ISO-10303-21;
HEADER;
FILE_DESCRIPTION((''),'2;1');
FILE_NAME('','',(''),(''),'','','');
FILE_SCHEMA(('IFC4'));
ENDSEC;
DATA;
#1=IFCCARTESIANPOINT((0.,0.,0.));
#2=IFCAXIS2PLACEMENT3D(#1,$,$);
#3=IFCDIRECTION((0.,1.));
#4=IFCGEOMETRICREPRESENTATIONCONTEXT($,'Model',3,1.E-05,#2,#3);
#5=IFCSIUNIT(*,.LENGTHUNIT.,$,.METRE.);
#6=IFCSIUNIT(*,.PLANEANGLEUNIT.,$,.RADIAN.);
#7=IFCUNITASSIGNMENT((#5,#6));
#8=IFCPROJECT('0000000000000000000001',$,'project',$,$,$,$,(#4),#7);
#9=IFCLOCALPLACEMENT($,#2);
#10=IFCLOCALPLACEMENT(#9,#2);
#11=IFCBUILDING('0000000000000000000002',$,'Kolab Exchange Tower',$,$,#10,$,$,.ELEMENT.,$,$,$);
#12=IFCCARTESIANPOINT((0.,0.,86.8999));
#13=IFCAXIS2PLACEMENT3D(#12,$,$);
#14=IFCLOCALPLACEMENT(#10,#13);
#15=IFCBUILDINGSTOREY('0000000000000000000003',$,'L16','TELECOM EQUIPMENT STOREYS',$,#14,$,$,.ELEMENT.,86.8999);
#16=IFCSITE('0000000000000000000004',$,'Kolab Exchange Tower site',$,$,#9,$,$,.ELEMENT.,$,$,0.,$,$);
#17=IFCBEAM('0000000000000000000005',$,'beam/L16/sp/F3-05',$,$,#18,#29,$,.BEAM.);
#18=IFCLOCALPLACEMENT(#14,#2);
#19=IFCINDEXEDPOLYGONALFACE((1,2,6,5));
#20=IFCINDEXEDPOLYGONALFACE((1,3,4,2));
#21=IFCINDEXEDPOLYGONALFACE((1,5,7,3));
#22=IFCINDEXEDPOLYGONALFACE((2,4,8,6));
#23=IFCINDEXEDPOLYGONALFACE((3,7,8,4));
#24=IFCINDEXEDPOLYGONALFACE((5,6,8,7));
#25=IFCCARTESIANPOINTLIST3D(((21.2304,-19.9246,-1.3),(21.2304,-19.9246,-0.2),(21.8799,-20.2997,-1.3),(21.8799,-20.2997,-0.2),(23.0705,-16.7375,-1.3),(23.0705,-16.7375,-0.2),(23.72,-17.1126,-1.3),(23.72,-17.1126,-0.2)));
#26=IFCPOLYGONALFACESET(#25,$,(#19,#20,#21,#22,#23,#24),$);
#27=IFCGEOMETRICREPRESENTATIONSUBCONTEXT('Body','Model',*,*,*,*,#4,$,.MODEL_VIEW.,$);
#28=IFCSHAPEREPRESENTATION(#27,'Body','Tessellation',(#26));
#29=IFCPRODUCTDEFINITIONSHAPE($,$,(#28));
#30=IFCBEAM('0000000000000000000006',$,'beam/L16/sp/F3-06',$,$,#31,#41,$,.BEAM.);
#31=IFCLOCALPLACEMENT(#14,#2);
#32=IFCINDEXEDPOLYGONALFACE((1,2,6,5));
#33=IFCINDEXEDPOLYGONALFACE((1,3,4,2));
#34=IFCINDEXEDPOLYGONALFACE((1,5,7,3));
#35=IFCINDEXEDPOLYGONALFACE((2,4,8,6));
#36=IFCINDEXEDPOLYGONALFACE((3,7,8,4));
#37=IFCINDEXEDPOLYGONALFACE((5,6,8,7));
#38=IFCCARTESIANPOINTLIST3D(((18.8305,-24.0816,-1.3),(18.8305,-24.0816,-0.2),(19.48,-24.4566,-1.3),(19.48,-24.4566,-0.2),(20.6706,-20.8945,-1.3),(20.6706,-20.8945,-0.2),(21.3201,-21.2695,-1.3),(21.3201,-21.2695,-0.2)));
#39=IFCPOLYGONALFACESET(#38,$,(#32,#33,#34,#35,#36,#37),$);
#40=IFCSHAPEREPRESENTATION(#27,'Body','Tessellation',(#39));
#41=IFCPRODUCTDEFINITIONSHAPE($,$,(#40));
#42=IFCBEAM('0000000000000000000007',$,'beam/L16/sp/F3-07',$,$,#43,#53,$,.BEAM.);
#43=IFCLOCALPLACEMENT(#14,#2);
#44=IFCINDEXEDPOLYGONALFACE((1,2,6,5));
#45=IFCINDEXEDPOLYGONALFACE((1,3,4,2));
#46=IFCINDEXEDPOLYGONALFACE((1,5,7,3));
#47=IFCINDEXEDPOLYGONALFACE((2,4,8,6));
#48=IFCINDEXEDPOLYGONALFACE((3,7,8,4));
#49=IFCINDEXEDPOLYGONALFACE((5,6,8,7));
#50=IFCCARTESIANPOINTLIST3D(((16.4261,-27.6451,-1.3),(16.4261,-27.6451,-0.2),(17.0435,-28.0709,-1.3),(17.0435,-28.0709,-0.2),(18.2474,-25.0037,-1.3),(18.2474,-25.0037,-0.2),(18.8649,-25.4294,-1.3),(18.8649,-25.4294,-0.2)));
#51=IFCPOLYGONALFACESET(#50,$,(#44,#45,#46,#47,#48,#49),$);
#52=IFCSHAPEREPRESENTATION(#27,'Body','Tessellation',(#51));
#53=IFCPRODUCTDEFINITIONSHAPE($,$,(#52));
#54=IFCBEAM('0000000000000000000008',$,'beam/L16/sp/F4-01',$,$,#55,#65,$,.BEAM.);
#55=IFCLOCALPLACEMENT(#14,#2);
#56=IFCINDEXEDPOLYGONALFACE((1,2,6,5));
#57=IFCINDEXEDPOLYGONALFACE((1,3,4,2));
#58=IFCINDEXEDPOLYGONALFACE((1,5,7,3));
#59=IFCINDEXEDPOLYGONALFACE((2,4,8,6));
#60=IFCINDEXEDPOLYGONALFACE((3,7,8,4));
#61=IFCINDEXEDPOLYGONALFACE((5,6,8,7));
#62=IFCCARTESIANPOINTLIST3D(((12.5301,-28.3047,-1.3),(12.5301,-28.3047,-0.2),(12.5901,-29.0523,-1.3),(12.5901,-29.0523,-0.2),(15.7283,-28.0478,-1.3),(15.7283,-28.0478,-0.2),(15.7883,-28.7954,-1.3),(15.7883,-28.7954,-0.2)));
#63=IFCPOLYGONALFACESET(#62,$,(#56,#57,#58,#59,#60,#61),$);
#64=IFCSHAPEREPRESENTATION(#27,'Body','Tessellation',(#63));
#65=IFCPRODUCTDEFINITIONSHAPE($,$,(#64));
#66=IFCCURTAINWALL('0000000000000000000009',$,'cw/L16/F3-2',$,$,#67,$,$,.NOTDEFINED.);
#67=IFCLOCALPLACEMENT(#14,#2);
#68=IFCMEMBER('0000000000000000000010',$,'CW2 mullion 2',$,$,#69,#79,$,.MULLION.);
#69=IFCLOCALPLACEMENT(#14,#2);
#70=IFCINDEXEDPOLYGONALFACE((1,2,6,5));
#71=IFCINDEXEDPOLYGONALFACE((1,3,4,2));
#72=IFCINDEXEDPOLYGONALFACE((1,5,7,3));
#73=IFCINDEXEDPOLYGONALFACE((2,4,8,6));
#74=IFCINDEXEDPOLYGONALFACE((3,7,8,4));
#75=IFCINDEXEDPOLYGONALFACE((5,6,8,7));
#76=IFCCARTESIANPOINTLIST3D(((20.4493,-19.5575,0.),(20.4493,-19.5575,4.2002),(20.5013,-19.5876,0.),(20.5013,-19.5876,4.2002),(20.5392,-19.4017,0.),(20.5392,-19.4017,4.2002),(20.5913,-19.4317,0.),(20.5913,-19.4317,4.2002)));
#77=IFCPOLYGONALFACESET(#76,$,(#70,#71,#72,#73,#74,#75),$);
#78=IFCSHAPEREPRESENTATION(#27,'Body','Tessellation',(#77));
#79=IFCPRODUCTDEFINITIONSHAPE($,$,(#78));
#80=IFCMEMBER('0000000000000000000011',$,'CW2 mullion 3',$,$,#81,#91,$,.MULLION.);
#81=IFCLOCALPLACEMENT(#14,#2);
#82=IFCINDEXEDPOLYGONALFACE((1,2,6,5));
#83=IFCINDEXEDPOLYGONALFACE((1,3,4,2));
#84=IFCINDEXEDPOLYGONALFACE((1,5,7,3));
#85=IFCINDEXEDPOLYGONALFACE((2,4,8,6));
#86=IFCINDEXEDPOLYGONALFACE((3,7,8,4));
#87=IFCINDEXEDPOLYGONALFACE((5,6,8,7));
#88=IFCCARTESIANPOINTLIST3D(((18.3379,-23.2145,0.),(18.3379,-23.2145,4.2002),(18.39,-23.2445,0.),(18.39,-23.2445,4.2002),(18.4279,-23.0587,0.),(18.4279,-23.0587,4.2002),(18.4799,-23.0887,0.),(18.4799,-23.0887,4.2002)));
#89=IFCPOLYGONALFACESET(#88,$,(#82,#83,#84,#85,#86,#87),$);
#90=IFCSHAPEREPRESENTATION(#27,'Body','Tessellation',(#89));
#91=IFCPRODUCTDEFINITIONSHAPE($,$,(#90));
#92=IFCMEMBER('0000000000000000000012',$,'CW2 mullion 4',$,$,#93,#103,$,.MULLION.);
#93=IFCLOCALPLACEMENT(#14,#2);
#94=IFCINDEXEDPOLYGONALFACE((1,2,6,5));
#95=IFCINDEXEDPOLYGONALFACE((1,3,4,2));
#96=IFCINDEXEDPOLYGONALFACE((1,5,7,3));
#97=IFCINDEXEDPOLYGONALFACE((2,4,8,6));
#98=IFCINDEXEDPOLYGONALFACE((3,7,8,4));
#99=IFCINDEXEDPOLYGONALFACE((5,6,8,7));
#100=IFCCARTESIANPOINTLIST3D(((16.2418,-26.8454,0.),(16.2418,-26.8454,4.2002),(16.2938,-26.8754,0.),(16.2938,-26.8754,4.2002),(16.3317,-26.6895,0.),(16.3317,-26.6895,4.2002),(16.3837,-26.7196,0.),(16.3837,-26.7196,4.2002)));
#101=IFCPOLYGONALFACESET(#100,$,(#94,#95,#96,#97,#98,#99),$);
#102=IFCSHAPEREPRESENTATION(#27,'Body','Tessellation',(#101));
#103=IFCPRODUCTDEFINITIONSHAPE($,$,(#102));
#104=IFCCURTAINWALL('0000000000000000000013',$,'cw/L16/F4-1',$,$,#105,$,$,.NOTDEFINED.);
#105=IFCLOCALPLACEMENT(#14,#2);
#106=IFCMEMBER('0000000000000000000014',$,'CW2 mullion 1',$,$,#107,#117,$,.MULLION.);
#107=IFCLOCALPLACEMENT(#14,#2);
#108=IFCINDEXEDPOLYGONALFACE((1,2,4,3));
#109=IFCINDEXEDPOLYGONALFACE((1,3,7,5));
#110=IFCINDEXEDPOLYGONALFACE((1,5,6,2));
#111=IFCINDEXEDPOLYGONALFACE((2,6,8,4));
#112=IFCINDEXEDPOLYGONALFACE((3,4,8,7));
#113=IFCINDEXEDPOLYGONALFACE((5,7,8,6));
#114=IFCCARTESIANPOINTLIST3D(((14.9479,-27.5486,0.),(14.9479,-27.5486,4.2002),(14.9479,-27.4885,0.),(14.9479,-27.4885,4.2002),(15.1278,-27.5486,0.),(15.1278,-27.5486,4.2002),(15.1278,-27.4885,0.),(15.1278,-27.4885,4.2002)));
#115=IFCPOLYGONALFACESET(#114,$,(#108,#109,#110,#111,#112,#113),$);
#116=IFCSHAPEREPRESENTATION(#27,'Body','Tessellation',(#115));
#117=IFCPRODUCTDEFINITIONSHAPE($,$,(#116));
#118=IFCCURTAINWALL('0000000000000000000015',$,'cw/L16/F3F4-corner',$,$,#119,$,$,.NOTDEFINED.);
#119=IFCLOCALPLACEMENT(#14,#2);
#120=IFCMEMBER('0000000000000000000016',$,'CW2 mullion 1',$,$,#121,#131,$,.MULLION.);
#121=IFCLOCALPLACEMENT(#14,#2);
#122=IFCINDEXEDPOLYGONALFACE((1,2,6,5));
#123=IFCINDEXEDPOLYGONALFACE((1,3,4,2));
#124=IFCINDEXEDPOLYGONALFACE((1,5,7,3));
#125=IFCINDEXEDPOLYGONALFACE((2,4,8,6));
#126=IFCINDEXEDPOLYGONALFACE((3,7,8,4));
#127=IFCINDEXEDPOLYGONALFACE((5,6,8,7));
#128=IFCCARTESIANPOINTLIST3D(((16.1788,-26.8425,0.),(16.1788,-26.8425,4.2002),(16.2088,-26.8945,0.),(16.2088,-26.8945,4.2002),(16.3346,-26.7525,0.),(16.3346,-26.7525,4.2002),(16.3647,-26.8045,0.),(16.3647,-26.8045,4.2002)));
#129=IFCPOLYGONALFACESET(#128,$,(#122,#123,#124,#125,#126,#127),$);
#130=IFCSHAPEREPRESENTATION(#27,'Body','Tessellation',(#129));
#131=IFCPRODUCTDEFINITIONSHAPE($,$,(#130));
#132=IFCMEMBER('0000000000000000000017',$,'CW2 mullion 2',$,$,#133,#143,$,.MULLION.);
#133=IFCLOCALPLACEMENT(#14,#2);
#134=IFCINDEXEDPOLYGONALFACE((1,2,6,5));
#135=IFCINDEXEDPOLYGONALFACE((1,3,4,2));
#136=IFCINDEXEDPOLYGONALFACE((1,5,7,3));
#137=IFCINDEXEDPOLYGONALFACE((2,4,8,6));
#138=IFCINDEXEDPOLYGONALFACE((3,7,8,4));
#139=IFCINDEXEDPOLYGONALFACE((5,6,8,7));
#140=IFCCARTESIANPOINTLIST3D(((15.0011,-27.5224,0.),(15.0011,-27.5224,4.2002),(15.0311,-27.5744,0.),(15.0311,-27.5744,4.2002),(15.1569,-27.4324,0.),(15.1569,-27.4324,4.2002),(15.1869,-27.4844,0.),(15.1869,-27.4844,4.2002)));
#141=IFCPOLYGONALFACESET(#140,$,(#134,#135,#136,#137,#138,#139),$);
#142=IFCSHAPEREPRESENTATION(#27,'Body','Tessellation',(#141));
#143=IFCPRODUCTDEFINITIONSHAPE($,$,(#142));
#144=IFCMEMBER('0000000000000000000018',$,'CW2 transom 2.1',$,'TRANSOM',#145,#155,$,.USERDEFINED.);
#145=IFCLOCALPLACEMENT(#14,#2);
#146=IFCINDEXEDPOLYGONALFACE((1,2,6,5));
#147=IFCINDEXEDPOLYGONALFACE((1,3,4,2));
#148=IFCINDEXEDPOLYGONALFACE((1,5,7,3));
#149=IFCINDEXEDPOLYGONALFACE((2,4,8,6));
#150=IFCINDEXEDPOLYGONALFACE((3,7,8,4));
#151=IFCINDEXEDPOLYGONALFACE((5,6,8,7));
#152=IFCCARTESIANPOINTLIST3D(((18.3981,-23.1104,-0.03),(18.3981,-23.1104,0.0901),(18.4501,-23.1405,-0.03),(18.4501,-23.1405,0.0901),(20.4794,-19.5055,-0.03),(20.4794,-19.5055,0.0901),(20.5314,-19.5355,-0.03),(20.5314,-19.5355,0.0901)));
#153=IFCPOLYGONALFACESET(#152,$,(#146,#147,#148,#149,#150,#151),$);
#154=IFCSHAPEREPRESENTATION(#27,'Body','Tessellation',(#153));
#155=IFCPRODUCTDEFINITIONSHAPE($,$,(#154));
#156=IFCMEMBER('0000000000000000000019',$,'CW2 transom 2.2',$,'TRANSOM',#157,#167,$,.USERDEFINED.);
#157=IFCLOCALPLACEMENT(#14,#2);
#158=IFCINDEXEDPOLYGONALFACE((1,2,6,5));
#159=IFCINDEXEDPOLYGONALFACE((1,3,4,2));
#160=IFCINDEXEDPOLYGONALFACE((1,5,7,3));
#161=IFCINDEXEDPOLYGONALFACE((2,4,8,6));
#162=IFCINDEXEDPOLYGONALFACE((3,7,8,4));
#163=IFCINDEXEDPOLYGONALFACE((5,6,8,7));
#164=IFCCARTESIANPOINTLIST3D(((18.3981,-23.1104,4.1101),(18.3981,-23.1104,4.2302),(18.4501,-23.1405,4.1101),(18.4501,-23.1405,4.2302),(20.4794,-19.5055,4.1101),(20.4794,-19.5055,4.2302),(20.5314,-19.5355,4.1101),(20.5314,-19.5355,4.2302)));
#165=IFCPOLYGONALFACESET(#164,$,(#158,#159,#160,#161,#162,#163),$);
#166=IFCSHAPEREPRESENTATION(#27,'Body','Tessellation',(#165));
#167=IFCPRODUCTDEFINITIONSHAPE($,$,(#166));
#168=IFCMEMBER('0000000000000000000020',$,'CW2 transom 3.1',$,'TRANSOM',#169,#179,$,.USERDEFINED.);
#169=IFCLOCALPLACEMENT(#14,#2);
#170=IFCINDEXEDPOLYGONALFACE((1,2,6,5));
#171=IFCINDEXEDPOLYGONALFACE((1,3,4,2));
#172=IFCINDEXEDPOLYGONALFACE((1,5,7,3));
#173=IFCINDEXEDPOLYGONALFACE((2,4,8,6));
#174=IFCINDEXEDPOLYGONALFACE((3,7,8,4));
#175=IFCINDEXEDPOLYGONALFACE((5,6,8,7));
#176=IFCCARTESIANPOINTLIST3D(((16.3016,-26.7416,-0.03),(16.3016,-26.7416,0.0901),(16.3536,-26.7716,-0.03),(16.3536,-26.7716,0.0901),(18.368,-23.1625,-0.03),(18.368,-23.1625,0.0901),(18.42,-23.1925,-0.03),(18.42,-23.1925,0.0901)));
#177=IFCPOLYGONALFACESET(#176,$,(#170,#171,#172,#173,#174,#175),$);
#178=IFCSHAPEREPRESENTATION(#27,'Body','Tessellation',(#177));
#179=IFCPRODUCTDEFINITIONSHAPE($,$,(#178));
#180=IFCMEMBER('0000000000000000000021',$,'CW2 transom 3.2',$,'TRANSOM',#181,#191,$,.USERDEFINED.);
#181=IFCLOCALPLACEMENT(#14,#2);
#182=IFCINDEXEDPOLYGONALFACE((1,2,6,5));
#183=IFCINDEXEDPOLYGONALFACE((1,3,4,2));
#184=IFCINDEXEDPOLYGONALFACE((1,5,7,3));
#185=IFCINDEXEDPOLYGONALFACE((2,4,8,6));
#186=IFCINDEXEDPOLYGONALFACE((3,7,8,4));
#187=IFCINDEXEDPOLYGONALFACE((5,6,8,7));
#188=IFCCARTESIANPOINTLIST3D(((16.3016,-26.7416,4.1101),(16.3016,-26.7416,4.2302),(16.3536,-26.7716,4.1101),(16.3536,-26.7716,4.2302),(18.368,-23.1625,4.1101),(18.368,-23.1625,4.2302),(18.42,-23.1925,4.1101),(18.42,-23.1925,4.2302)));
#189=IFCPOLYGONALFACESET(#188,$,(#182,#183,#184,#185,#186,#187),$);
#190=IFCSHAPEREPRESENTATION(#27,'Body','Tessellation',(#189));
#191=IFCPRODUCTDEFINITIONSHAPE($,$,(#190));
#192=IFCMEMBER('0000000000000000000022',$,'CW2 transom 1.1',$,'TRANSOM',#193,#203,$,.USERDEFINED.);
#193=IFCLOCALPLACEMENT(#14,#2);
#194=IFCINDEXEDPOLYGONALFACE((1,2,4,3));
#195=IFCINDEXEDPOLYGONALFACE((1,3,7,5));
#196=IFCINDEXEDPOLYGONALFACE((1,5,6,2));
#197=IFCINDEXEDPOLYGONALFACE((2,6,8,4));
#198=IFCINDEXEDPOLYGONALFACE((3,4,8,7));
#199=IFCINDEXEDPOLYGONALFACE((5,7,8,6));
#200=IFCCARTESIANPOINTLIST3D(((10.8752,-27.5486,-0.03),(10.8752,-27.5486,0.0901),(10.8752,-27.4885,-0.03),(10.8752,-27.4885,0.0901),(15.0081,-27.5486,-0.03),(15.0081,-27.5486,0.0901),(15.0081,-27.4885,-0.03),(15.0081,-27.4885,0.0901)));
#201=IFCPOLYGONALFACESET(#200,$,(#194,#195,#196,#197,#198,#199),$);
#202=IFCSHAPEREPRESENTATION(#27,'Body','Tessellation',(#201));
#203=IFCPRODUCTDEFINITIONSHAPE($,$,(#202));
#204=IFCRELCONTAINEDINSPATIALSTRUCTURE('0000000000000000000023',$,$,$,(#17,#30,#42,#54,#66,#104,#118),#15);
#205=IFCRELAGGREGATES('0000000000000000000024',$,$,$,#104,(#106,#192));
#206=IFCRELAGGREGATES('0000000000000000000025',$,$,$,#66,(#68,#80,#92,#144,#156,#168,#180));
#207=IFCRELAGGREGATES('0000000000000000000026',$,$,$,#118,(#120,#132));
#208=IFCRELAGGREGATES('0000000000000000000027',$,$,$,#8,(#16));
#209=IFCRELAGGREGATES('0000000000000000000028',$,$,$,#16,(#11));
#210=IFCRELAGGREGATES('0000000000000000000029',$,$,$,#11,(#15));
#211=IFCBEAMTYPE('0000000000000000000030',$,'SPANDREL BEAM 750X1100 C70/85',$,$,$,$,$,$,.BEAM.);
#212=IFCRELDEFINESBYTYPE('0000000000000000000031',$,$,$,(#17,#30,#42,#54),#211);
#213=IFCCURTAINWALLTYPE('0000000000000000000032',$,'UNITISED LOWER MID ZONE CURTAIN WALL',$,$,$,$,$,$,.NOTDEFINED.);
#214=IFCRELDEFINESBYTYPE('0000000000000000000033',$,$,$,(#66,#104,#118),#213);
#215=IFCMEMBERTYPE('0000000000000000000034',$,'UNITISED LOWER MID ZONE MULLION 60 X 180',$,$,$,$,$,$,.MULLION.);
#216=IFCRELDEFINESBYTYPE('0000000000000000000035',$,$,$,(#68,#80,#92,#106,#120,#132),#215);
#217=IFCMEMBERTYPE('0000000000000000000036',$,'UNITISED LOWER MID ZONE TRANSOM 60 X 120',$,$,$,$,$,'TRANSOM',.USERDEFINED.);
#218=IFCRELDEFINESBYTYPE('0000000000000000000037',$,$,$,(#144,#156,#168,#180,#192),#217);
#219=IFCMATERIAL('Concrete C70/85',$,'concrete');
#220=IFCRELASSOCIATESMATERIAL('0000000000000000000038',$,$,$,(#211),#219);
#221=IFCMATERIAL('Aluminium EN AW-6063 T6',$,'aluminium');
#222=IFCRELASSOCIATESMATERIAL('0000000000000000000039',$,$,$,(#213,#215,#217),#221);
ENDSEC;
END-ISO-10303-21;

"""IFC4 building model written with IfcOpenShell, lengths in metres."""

from ifc_helpers import new_model, si_unit, direction, frame, origin, origin_2d, place, context, subcontext, project, spatial, rectangle, extrude, material, material_profile, profile_set, type_object, element, aggregate, save


model = new_model("IFC4")

# Units and contexts
model_context = context("Model", 3, precision=1e-05, world=origin(), true_north=direction((0.0, 1.0)))
body_context = subcontext(model_context, "Body", "Model", "MODEL_VIEW")
ifc_project = project(units=[si_unit("LENGTHUNIT", "METRE"), si_unit("PLANEANGLEUNIT", "RADIAN")], contexts=[model_context])

# Site, building, storey
site_placement = place(None, origin())
site = spatial("IfcSite", under=ifc_project, at=site_placement, Name="Kolab Exchange Tower site", CompositionType="ELEMENT", RefElevation=0.0)
building_placement = place(site_placement, origin())
building = spatial("IfcBuilding", under=site, at=building_placement, Name="Kolab Exchange Tower", CompositionType="ELEMENT")
storey_placement = place(building_placement, frame((0.0, 0.0, 86.8999)))
storey = spatial("IfcBuildingStorey", under=building, at=storey_placement, Name="L16", Description="TELECOM EQUIPMENT STOREYS", CompositionType="ELEMENT", Elevation=86.8999)

# Shared definitions
ifc_material_1 = material(Name="Concrete C70/85", Category="concrete")

# Beams
ifc_material_profile_1 = material_profile(ifc_material_1, rectangle(XDim=0.75, YDim=1.1001, at=origin_2d()), Name="RC750X1100")
ifc_profile_set_1 = profile_set([ifc_material_profile_1], Name="Concrete C70/85")
beam_type_1 = type_object("IfcBeamType", Name="SPANDREL BEAM 750X1100 C70/85", PredefinedType="BEAM", material=ifc_profile_set_1)
for number, where, z_axis, x_axis, name in (
    (1, (23.3953, -16.925, -0.75), (-0.500013, -0.866018, 0.0), (0.866018, -0.500013, 0.0), "beam/L16/sp/F3-05"),
    (2, (20.9954, -21.082, -0.75), (-0.500013, -0.866018, 0.0), (0.866018, -0.500013, 0.0), "beam/L16/sp/F3-06"),
):
    element("IfcBeam", number, at=place(storey_placement, frame(where, z_axis=z_axis, x_axis=x_axis)), inside=storey, type_object=beam_type_1, Name=name, PredefinedType="BEAM", context=body_context, shape_type="SweptSolid", body=[
        extrude(rectangle(XDim=0.75, YDim=1.1001, at=origin_2d()), origin(), (0.0, 0.0, 1.0), 3.6802),
    ])
for number, where, z_axis, x_axis, name in (
    (3, (18.5562, -25.2166, -0.75), (-0.567662, -0.823262, 0.0), (0.823262, -0.567662, 0.0), "beam/L16/sp/F3-07"),
    (4, (15.7583, -28.4216, -0.75), (-0.996791, -0.080048, 0.0), (0.080048, -0.996791, 0.0), "beam/L16/sp/F4-01"),
):
    element("IfcBeam", number, at=place(storey_placement, frame(where, z_axis=z_axis, x_axis=x_axis)), inside=storey, type_object=beam_type_1, Name=name, PredefinedType="BEAM", context=body_context, shape_type="SweptSolid", body=[
        extrude(rectangle(XDim=0.75, YDim=1.1001, at=origin_2d()), origin(), (0.0, 0.0, 1.0), 3.2085),
    ])

# Curtain wall, members
ifc_material_2 = material(Name="Aluminium EN AW-6063 T6", Category="aluminium")
curtain_wall_type = type_object("IfcCurtainWallType", Name="UNITISED LOWER MID ZONE CURTAIN WALL", PredefinedType="NOTDEFINED", material=ifc_material_2)
curtain_wall_1_placement = place(storey_placement, origin())
curtain_wall_1 = element("IfcCurtainWall", 5, at=curtain_wall_1_placement, inside=storey, type_object=curtain_wall_type, Name="cw/L16/F3-2", PredefinedType="NOTDEFINED")
ifc_material_profile_2 = material_profile(ifc_material_2, rectangle(XDim=0.0601, YDim=0.1799, at=origin_2d()), Name="RECT 60X180")
ifc_profile_set_2 = profile_set([ifc_material_profile_2], Name="Aluminium EN AW-6063 T6")
member_type_1 = type_object("IfcMemberType", Name="UNITISED LOWER MID ZONE MULLION 60 X 180", PredefinedType="MULLION", material=ifc_profile_set_2)
member_1_placement = place(storey_placement, frame((20.5203, -19.4946, 0.0), z_axis=(0.0, 0.0, 1.0), x_axis=(0.866025, -0.5, 0.0)))
member_1 = element("IfcMember", 6, at=member_1_placement, type_object=member_type_1, Name="CW2 mullion 2", PredefinedType="MULLION", context=body_context, shape_type="SweptSolid", body=[
    extrude(rectangle(XDim=0.0601, YDim=0.1799, at=origin_2d()), origin(), (0.0, 0.0, 1.0), 4.2002),
])
member_2_placement = place(storey_placement, frame((18.4089, -23.1516, 0.0), z_axis=(0.0, 0.0, 1.0), x_axis=(0.866025, -0.5, 0.0)))
member_2 = element("IfcMember", 7, at=member_2_placement, type_object=member_type_1, Name="CW2 mullion 3", PredefinedType="MULLION", context=body_context, shape_type="SweptSolid", body=[
    extrude(rectangle(XDim=0.0601, YDim=0.1799, at=origin_2d()), origin(), (0.0, 0.0, 1.0), 4.2002),
])
member_3_placement = place(storey_placement, frame((16.3127, -26.7825, 0.0), z_axis=(0.0, 0.0, 1.0), x_axis=(0.866025, -0.5, 0.0)))
member_3 = element("IfcMember", 8, at=member_3_placement, type_object=member_type_1, Name="CW2 mullion 4", PredefinedType="MULLION", context=body_context, shape_type="SweptSolid", body=[
    extrude(rectangle(XDim=0.0601, YDim=0.1799, at=origin_2d()), origin(), (0.0, 0.0, 1.0), 4.2002),
])

# Curtain wall, member
curtain_wall_2_placement = place(storey_placement, origin())
curtain_wall_2 = element("IfcCurtainWall", 9, at=curtain_wall_2_placement, inside=storey, type_object=curtain_wall_type, Name="cw/L16/F4-1", PredefinedType="NOTDEFINED")
member_4_placement = place(storey_placement, frame((15.0378, -27.5186, 0.0), z_axis=(0.0, 0.0, 1.0), x_axis=(0.0, -1.0, 0.0)))
member_4 = element("IfcMember", 10, at=member_4_placement, type_object=member_type_1, Name="CW2 mullion 1", PredefinedType="MULLION", context=body_context, shape_type="SweptSolid", body=[
    extrude(rectangle(XDim=0.0601, YDim=0.1799, at=origin_2d()), origin(), (0.0, 0.0, 1.0), 4.2002),
])

# Curtain wall, members
curtain_wall_3_placement = place(storey_placement, origin())
curtain_wall_3 = element("IfcCurtainWall", 11, at=curtain_wall_3_placement, inside=storey, type_object=curtain_wall_type, Name="cw/L16/F3F4-corner", PredefinedType="NOTDEFINED")
member_5_placement = place(storey_placement, frame((16.2717, -26.8235, 0.0), z_axis=(0.0, 0.0, 1.0), x_axis=(0.5, -0.866025, 0.0)))
member_5 = element("IfcMember", 12, at=member_5_placement, type_object=member_type_1, Name="CW2 mullion 1", PredefinedType="MULLION", context=body_context, shape_type="SweptSolid", body=[
    extrude(rectangle(XDim=0.0601, YDim=0.1799, at=origin_2d()), origin(), (0.0, 0.0, 1.0), 4.2002),
])
member_6_placement = place(storey_placement, frame((15.094, -27.5034, 0.0), z_axis=(0.0, 0.0, 1.0), x_axis=(0.5, -0.866025, 0.0)))
member_6 = element("IfcMember", 13, at=member_6_placement, type_object=member_type_1, Name="CW2 mullion 2", PredefinedType="MULLION", context=body_context, shape_type="SweptSolid", body=[
    extrude(rectangle(XDim=0.0601, YDim=0.1799, at=origin_2d()), origin(), (0.0, 0.0, 1.0), 4.2002),
])

# Members
ifc_material_profile_3 = material_profile(ifc_material_2, rectangle(XDim=0.0601, YDim=0.1201, at=origin_2d()), Name="RECT 60X120")
ifc_profile_set_3 = profile_set([ifc_material_profile_3], Name="Aluminium EN AW-6063 T6")
member_type_2 = type_object("IfcMemberType", Name="UNITISED LOWER MID ZONE TRANSOM 60 X 120", ElementType="TRANSOM", PredefinedType="USERDEFINED", material=ifc_profile_set_3)
member_7_placement = place(storey_placement, frame((20.5054, -19.5205, 0.03), z_axis=(-0.499993, -0.866029, 0.0), x_axis=(0.866029, -0.499993, 0.0)))
member_7 = element("IfcMember", 14, at=member_7_placement, type_object=member_type_2, Name="CW2 transom 2.1", ObjectType="TRANSOM", PredefinedType="USERDEFINED", context=body_context, shape_type="SweptSolid", body=[
    extrude(rectangle(XDim=0.0601, YDim=0.1201, at=origin_2d()), origin(), (0.0, 0.0, 1.0), 4.1626),
])
member_8_placement = place(storey_placement, frame((20.5054, -19.5205, 4.1702), z_axis=(-0.499993, -0.866029, 0.0), x_axis=(0.866029, -0.499993, 0.0)))
member_8 = element("IfcMember", 15, at=member_8_placement, type_object=member_type_2, Name="CW2 transom 2.2", ObjectType="TRANSOM", PredefinedType="USERDEFINED", context=body_context, shape_type="SweptSolid", body=[
    extrude(rectangle(XDim=0.0601, YDim=0.1201, at=origin_2d()), origin(), (0.0, 0.0, 1.0), 4.1626),
])
member_9_placement = place(storey_placement, frame((18.394, -23.1775, 0.03), z_axis=(-0.500002, -0.866024, 0.0), x_axis=(0.866024, -0.500002, 0.0)))
member_9 = element("IfcMember", 16, at=member_9_placement, type_object=member_type_2, Name="CW2 transom 3.1", ObjectType="TRANSOM", PredefinedType="USERDEFINED", context=body_context, shape_type="SweptSolid", body=[
    extrude(rectangle(XDim=0.0601, YDim=0.1201, at=origin_2d()), origin(), (0.0, 0.0, 1.0), 4.1328),
])
member_10_placement = place(storey_placement, frame((18.394, -23.1775, 4.1702), z_axis=(-0.500002, -0.866024, 0.0), x_axis=(0.866024, -0.500002, 0.0)))
member_10 = element("IfcMember", 17, at=member_10_placement, type_object=member_type_2, Name="CW2 transom 3.2", ObjectType="TRANSOM", PredefinedType="USERDEFINED", context=body_context, shape_type="SweptSolid", body=[
    extrude(rectangle(XDim=0.0601, YDim=0.1201, at=origin_2d()), origin(), (0.0, 0.0, 1.0), 4.1328),
])
member_11_placement = place(storey_placement, frame((15.0081, -27.5186, 0.03), z_axis=(-1.0, 0.0, 0.0), x_axis=(0.0, -1.0, 0.0)))
member_11 = element("IfcMember", 18, at=member_11_placement, type_object=member_type_2, Name="CW2 transom 1.1", ObjectType="TRANSOM", PredefinedType="USERDEFINED", context=body_context, shape_type="SweptSolid", body=[
    extrude(rectangle(XDim=0.0601, YDim=0.1201, at=origin_2d()), origin(), (0.0, 0.0, 1.0), 4.1328),
])
aggregate(curtain_wall_2, [member_4, member_11])

aggregate(curtain_wall_1, [member_1, member_2, member_3, member_7, member_8, member_9, member_10])
aggregate(curtain_wall_3, [member_5, member_6])

save(model, "model.ifc")
